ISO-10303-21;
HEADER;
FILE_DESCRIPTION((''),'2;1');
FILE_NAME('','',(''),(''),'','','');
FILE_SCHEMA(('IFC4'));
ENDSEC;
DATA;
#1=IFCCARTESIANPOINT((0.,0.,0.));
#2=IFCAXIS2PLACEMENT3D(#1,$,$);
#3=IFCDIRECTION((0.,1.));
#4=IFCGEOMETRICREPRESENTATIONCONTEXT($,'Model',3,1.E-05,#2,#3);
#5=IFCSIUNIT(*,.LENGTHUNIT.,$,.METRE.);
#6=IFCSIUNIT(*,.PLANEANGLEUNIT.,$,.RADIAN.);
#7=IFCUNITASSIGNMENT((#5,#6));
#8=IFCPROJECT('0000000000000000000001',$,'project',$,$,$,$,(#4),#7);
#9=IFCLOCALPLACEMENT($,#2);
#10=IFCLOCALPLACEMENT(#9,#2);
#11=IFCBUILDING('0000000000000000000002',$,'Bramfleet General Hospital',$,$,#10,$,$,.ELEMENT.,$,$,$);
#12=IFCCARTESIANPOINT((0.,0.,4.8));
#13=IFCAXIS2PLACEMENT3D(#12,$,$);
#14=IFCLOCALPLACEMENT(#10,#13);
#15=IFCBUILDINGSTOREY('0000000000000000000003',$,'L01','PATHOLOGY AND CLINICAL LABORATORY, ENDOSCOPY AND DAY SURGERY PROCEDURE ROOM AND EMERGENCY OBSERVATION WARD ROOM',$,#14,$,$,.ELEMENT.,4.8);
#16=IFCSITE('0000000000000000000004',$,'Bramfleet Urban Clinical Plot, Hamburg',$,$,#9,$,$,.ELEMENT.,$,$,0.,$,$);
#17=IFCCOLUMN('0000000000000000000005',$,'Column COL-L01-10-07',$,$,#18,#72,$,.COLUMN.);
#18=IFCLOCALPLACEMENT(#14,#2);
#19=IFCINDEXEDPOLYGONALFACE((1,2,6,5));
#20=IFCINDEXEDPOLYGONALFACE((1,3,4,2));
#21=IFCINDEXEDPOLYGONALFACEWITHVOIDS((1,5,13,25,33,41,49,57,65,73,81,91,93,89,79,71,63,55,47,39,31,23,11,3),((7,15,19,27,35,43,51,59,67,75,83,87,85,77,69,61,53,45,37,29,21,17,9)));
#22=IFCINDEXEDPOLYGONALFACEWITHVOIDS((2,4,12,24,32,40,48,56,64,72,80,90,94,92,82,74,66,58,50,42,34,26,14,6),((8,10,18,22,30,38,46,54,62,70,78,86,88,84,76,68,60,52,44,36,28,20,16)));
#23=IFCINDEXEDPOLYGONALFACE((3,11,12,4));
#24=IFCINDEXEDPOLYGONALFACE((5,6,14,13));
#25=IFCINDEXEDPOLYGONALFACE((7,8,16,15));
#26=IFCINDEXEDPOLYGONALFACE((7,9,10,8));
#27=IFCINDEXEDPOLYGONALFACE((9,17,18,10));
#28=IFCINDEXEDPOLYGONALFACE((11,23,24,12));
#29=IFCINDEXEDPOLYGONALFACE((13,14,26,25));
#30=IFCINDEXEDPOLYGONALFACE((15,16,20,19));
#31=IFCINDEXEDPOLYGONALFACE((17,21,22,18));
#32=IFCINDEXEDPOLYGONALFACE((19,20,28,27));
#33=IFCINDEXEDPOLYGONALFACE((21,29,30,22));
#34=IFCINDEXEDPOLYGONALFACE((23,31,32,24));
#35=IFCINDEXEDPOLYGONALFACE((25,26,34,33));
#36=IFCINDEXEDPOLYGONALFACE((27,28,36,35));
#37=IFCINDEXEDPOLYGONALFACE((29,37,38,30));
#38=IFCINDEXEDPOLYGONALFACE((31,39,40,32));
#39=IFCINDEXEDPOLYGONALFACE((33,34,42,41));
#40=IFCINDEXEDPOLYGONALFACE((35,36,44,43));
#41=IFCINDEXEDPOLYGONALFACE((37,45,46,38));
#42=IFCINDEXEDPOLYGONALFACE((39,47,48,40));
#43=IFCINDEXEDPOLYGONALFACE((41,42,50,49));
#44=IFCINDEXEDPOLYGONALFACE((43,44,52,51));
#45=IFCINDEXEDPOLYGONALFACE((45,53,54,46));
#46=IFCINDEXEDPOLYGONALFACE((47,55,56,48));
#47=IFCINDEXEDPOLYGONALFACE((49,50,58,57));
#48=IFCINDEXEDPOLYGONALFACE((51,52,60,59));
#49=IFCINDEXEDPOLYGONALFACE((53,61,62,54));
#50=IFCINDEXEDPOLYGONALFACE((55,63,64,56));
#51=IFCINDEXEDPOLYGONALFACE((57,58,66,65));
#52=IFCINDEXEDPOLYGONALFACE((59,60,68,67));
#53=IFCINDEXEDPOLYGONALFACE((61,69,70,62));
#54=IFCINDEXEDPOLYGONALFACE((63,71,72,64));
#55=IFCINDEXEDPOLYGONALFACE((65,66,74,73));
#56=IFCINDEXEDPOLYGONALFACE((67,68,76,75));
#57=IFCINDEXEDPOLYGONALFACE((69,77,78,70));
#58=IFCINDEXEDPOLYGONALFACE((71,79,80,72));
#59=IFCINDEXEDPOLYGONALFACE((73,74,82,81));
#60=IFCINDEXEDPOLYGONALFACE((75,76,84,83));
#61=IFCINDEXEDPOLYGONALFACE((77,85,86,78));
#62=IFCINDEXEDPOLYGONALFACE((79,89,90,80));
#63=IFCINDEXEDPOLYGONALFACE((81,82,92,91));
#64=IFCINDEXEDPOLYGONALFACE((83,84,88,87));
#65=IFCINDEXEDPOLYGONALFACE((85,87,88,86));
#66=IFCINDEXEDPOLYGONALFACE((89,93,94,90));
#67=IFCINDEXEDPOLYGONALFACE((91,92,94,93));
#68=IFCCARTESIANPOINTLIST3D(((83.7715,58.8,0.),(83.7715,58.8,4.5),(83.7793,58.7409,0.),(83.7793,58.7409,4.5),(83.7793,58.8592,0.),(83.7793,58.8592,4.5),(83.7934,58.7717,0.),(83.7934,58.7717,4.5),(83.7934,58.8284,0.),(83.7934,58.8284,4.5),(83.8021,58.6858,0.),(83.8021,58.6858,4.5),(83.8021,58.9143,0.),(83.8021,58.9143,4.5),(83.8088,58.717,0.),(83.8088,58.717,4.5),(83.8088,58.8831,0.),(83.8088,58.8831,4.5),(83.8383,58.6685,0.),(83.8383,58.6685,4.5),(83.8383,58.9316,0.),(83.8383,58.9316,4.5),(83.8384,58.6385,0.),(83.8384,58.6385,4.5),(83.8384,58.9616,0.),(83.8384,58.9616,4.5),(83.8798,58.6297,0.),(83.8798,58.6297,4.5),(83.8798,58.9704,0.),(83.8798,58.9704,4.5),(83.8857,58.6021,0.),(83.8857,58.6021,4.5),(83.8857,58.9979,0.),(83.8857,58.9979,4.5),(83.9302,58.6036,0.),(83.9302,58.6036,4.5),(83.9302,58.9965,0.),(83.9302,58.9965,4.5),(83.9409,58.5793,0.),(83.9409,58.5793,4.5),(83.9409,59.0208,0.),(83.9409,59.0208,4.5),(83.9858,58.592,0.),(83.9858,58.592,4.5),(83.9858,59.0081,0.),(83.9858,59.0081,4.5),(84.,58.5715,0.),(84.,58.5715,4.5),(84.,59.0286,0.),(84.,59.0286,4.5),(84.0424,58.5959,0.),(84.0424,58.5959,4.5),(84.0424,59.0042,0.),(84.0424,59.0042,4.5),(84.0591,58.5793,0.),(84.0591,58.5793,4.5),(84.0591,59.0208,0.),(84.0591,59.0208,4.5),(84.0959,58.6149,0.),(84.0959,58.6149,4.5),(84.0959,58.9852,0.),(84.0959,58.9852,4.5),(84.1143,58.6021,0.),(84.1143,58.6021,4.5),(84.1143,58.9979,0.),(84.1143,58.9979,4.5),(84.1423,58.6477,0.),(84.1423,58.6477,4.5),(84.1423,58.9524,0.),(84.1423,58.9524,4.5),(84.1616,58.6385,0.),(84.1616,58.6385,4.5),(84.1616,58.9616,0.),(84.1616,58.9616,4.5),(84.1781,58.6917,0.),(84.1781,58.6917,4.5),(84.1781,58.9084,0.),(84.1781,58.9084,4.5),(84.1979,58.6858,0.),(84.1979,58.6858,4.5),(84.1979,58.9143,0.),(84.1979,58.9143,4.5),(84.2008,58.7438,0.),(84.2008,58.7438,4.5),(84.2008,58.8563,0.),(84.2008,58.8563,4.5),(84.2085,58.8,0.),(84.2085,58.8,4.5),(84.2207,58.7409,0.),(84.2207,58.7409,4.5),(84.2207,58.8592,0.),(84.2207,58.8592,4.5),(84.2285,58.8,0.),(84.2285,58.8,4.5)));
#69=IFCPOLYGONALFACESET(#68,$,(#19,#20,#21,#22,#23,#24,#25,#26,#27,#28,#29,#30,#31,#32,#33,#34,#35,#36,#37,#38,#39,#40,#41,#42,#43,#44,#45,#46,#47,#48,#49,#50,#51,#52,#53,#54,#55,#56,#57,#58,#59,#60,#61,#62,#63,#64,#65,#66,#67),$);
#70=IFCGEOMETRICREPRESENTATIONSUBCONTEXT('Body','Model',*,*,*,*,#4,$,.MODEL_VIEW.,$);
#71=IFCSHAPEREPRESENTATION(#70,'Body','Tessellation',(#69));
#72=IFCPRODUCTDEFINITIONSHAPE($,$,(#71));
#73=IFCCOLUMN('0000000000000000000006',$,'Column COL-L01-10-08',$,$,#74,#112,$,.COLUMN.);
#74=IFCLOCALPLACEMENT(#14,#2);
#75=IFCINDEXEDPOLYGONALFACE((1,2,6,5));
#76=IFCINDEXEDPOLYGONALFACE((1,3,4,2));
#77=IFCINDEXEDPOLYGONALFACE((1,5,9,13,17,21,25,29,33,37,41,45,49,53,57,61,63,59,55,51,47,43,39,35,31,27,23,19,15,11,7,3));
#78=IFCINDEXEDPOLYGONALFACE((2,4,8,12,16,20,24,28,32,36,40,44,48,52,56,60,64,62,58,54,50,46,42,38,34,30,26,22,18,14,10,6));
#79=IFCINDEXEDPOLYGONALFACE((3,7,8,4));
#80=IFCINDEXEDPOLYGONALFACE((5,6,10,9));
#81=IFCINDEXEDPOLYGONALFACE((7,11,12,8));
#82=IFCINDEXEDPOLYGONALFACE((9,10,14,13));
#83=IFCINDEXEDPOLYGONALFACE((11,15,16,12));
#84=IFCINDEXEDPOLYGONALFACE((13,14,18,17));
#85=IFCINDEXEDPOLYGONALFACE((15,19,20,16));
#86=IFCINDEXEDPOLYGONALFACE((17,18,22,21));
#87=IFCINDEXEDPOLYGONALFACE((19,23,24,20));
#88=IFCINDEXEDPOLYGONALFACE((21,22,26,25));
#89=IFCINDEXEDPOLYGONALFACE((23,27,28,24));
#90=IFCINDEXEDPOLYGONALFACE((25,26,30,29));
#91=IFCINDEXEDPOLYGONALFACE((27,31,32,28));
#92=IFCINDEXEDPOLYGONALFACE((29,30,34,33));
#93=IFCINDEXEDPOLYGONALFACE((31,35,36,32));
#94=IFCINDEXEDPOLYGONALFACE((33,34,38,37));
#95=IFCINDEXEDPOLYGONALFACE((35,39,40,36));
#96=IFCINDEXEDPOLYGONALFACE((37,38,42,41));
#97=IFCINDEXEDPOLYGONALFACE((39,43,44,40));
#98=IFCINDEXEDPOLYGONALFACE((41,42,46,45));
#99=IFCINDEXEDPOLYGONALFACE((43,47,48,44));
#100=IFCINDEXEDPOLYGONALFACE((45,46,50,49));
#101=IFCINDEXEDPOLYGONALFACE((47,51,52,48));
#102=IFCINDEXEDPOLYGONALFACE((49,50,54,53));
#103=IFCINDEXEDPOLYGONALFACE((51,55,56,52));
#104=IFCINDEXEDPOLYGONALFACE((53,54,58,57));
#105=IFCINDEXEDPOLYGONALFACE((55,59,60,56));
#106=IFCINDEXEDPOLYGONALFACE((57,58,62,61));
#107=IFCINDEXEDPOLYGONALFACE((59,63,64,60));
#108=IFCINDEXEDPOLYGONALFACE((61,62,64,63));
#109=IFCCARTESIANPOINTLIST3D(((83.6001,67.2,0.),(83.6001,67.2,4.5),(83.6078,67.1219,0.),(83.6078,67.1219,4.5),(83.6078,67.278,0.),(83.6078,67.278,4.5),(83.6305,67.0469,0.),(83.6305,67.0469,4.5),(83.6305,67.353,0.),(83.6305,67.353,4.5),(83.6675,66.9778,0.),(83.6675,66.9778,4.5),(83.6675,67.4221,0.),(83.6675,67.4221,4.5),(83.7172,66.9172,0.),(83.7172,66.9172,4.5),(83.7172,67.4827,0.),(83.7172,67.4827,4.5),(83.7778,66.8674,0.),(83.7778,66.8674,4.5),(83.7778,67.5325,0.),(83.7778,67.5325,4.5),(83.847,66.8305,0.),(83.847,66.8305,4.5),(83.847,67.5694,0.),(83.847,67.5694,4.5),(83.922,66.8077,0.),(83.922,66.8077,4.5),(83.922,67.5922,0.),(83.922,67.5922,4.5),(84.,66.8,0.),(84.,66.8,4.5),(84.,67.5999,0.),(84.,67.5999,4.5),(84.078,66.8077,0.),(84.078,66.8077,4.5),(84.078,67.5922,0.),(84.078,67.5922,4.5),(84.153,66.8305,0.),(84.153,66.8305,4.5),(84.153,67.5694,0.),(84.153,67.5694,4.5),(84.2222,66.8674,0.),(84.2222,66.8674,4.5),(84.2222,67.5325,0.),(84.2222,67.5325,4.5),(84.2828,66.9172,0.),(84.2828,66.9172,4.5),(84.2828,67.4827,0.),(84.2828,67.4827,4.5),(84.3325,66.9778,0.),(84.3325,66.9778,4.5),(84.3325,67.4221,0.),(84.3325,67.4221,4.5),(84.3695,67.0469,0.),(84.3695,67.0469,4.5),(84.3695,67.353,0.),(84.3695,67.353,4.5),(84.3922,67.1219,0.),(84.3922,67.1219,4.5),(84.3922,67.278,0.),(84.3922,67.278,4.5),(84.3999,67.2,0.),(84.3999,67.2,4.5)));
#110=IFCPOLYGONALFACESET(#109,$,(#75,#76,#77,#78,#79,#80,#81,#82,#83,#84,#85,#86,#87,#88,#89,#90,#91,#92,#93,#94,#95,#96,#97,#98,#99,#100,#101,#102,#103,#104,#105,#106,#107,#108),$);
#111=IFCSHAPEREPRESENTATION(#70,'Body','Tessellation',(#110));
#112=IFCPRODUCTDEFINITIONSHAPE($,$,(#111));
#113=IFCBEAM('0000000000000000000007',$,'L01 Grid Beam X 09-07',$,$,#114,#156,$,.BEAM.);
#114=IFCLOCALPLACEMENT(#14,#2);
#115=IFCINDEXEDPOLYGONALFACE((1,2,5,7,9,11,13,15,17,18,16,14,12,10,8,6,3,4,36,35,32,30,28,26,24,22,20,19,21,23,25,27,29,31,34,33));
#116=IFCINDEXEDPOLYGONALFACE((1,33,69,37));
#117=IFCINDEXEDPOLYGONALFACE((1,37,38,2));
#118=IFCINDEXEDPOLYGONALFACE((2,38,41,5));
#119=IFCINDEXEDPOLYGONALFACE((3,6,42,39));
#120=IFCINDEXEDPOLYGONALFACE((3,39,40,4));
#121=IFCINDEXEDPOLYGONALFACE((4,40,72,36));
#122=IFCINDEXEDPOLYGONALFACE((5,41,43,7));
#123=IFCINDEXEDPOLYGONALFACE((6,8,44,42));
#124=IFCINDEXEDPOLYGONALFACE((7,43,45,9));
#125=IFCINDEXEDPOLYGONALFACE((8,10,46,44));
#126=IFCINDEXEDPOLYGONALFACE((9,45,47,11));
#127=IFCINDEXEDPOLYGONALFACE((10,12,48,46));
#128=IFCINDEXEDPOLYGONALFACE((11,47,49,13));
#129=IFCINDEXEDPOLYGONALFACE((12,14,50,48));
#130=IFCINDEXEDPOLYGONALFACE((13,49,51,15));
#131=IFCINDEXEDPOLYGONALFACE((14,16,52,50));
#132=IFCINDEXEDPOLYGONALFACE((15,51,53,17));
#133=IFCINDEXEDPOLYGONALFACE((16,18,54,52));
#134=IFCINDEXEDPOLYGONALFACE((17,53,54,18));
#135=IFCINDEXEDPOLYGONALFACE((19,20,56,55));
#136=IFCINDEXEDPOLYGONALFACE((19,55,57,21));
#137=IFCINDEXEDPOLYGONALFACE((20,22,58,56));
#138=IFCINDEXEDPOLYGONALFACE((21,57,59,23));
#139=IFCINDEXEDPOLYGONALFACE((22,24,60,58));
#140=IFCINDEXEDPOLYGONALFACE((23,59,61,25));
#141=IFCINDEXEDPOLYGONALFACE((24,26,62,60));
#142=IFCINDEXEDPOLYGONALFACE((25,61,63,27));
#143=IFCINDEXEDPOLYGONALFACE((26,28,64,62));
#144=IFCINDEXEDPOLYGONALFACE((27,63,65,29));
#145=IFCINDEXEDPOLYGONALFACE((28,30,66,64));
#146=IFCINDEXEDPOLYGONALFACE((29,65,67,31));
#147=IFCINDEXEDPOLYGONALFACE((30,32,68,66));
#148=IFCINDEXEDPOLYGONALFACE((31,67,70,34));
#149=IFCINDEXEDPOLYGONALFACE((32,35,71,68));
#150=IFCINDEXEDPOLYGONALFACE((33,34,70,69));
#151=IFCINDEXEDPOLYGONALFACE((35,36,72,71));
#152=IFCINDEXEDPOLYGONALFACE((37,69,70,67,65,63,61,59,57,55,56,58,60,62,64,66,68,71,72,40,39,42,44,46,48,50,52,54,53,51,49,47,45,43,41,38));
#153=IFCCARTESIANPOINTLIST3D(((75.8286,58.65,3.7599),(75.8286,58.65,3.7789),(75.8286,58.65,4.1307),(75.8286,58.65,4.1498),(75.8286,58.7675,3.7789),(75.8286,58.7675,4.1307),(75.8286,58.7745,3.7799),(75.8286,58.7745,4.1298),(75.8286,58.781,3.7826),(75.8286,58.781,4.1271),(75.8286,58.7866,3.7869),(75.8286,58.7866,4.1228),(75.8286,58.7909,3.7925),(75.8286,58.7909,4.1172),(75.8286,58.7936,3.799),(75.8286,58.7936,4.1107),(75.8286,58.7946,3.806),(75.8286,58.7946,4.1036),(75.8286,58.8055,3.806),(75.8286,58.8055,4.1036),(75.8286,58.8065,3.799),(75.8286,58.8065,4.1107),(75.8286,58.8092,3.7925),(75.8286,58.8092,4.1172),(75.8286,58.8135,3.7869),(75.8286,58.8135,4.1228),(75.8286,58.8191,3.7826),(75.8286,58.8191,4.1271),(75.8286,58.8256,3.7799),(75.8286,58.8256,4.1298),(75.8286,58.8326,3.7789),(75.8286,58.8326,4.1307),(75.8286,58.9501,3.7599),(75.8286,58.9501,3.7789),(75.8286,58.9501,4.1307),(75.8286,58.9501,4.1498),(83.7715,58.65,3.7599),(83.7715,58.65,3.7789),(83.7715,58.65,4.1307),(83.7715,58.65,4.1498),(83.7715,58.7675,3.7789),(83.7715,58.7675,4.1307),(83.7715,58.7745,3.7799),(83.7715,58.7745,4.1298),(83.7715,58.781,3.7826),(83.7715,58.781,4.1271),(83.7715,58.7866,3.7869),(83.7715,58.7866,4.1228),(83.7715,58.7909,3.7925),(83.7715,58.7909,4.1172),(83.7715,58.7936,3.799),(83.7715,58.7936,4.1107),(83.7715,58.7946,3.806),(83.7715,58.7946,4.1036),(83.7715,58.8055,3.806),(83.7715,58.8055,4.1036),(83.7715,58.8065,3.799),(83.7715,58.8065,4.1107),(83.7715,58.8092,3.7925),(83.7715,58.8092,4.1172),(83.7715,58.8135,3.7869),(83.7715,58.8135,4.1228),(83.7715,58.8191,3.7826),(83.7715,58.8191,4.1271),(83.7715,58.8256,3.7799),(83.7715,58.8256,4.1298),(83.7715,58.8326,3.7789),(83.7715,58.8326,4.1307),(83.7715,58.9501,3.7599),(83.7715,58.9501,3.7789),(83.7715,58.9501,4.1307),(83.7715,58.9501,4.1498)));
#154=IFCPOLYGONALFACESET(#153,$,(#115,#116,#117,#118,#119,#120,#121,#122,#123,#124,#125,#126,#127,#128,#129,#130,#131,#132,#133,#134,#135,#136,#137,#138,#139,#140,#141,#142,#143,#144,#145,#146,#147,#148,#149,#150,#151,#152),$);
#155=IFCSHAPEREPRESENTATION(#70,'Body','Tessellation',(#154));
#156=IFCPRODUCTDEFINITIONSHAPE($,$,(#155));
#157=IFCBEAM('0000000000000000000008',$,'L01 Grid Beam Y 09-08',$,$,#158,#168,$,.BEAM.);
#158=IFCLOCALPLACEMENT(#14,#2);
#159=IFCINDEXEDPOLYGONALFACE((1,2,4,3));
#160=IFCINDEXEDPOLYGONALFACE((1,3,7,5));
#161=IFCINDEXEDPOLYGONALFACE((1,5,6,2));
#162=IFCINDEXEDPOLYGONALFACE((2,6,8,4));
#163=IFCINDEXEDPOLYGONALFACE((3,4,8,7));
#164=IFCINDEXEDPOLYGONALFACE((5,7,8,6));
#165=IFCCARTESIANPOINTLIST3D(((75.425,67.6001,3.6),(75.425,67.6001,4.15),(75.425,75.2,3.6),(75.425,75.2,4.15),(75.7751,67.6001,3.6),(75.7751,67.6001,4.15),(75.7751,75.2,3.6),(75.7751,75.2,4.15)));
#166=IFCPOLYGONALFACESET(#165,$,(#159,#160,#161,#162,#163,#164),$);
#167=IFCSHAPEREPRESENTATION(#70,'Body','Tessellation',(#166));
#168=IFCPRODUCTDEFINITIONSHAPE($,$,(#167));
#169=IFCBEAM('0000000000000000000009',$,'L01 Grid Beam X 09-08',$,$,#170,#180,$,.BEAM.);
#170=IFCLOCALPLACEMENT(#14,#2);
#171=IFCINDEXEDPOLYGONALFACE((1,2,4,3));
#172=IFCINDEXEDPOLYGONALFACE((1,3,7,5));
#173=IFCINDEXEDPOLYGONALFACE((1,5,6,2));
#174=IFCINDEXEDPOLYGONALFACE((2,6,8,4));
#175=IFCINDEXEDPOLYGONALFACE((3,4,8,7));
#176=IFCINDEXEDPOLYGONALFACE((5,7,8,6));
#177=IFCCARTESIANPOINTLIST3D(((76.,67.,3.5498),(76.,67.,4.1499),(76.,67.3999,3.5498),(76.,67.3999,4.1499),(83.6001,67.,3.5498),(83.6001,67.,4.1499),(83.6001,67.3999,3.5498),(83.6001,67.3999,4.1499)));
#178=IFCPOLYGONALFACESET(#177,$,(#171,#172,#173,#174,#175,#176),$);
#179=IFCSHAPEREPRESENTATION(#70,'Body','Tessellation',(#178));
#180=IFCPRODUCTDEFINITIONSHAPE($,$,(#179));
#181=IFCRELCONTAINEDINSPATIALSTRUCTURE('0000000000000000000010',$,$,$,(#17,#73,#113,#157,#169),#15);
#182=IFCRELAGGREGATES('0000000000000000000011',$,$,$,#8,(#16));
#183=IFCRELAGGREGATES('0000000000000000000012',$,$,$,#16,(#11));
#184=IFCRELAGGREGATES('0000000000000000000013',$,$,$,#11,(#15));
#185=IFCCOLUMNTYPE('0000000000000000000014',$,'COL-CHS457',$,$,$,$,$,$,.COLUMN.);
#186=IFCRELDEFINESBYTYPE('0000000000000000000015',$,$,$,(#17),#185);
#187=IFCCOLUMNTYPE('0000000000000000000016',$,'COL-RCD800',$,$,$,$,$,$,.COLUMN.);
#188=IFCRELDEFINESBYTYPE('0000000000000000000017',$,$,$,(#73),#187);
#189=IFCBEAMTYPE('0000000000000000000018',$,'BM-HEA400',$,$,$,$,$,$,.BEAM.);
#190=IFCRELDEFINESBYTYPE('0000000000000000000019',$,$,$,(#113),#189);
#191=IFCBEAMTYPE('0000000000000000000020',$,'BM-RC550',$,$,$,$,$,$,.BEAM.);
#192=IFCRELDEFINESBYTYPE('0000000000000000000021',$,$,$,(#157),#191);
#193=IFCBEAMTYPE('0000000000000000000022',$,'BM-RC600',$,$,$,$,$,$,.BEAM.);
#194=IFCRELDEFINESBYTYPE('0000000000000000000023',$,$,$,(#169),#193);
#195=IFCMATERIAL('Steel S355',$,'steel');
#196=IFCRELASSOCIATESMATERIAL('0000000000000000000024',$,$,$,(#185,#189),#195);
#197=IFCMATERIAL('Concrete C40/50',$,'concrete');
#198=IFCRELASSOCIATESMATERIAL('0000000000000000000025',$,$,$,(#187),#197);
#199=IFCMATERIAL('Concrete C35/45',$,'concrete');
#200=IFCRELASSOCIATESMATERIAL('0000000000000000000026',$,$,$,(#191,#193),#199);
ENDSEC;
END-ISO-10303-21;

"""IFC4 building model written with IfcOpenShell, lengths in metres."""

from ifc_helpers import new_model, si_unit, direction, frame, origin, origin_2d, place, context, subcontext, project, spatial, rectangle, circle, hollow_circle, i_section, extrude, material, material_profile, profile_set, type_object, element, save


model = new_model("IFC4")

# Units and contexts
model_context = context("Model", 3, precision=1e-05, world=origin(), true_north=direction((0.0, 1.0)))
body_context = subcontext(model_context, "Body", "Model", "MODEL_VIEW")
ifc_project = project(units=[si_unit("LENGTHUNIT", "METRE"), si_unit("PLANEANGLEUNIT", "RADIAN")], contexts=[model_context])

# Site, building, storey
site_placement = place(None, origin())
site = spatial("IfcSite", under=ifc_project, at=site_placement, Name="Bramfleet Urban Clinical Plot, Hamburg", CompositionType="ELEMENT", RefElevation=0.0)
building_placement = place(site_placement, origin())
building = spatial("IfcBuilding", under=site, at=building_placement, Name="Bramfleet General Hospital", CompositionType="ELEMENT")
storey_placement = place(building_placement, frame((0.0, 0.0, 4.8)))
storey = spatial("IfcBuildingStorey", under=building, at=storey_placement, Name="L01", Description="PATHOLOGY AND CLINICAL LABORATORY, ENDOSCOPY AND DAY SURGERY PROCEDURE ROOM AND EMERGENCY OBSERVATION WARD ROOM", CompositionType="ELEMENT", Elevation=4.8)

# Columns
ifc_material_1 = material(Name="Steel S355", Category="steel")
ifc_material_profile_1 = material_profile(ifc_material_1, hollow_circle(Radius=0.2285, WallThickness=0.02, at=origin_2d()), Name="CHS 457.0x20.0")
ifc_profile_set_1 = profile_set([ifc_material_profile_1], Name="Steel S355")
column_type_1 = type_object("IfcColumnType", Name="COL-CHS457", PredefinedType="COLUMN", material=ifc_profile_set_1)
column_1_placement = place(storey_placement, frame((84.0, 58.8, 0.0), z_axis=(0.0, 0.0, 1.0), x_axis=(1.0, 0.0, 0.0)))
element("IfcColumn", 1, at=column_1_placement, inside=storey, type_object=column_type_1, Name="Column COL-L01-10-07", PredefinedType="COLUMN", context=body_context, shape_type="SweptSolid", body=[
    extrude(hollow_circle(Radius=0.2285, WallThickness=0.02, at=origin_2d()), origin(), (0.0, 0.0, 1.0), 4.5),
])
ifc_material_2 = material(Name="Concrete C40/50", Category="concrete")
ifc_material_profile_2 = material_profile(ifc_material_2, circle(Radius=0.3999, at=origin_2d()), Name="RC ROUND D800")
ifc_profile_set_2 = profile_set([ifc_material_profile_2], Name="Concrete C40/50")
column_type_2 = type_object("IfcColumnType", Name="COL-RCD800", PredefinedType="COLUMN", material=ifc_profile_set_2)
column_2_placement = place(storey_placement, frame((84.0, 67.2, 0.0), z_axis=(0.0, 0.0, 1.0), x_axis=(1.0, 0.0, 0.0)))
element("IfcColumn", 2, at=column_2_placement, inside=storey, type_object=column_type_2, Name="Column COL-L01-10-08", PredefinedType="COLUMN", context=body_context, shape_type="SweptSolid", body=[
    extrude(circle(Radius=0.3999, at=origin_2d()), origin(), (0.0, 0.0, 1.0), 4.5),
])

# Beams
ifc_material_profile_3 = material_profile(ifc_material_1, i_section(OverallWidth=0.3, OverallDepth=0.3899, WebThickness=0.011, FlangeThickness=0.019, FilletRadius=0.0271, at=origin_2d()), Name="HEA 400")
ifc_profile_set_3 = profile_set([ifc_material_profile_3], Name="Steel S355")
beam_type_1 = type_object("IfcBeamType", Name="BM-HEA400", PredefinedType="BEAM", material=ifc_profile_set_3)
beam_1_placement = place(storey_placement, frame((75.8286, 58.8, 3.9548), z_axis=(1.0, 0.0, 0.0), x_axis=(0.0, 1.0, 0.0)))
element("IfcBeam", 3, at=beam_1_placement, inside=storey, type_object=beam_type_1, Name="L01 Grid Beam X 09-07", PredefinedType="BEAM", context=body_context, shape_type="SweptSolid", body=[
    extrude(i_section(OverallWidth=0.3, OverallDepth=0.3899, WebThickness=0.011, FlangeThickness=0.019, FilletRadius=0.0271, at=origin_2d()), origin(), (0.0, 0.0, 1.0), 7.9429),
])
ifc_material_3 = material(Name="Concrete C35/45", Category="concrete")
ifc_material_profile_4 = material_profile(ifc_material_3, rectangle(XDim=0.3501, YDim=0.55, at=origin_2d()), Name="RC BM 550x350")
ifc_profile_set_4 = profile_set([ifc_material_profile_4], Name="Concrete C35/45")
beam_type_2 = type_object("IfcBeamType", Name="BM-RC550", PredefinedType="BEAM", material=ifc_profile_set_4)
beam_2_placement = place(storey_placement, frame((75.6001, 67.6001, 3.875), z_axis=(0.0, 1.0, 0.0), x_axis=(-1.0, 0.0, 0.0)))
element("IfcBeam", 4, at=beam_2_placement, inside=storey, type_object=beam_type_2, Name="L01 Grid Beam Y 09-08", PredefinedType="BEAM", context=body_context, shape_type="SweptSolid", body=[
    extrude(rectangle(XDim=0.3501, YDim=0.55, at=origin_2d()), origin(), (0.0, 0.0, 1.0), 7.5999),
])
ifc_material_profile_5 = material_profile(ifc_material_3, rectangle(XDim=0.3999, YDim=0.6001, at=origin_2d()), Name="RC BM 600x400")
ifc_profile_set_5 = profile_set([ifc_material_profile_5], Name="Concrete C35/45")
beam_type_3 = type_object("IfcBeamType", Name="BM-RC600", PredefinedType="BEAM", material=ifc_profile_set_5)
beam_3_placement = place(storey_placement, frame((76.0, 67.2, 3.8499), z_axis=(1.0, 0.0, 0.0), x_axis=(0.0, 1.0, 0.0)))
element("IfcBeam", 5, at=beam_3_placement, inside=storey, type_object=beam_type_3, Name="L01 Grid Beam X 09-08", PredefinedType="BEAM", context=body_context, shape_type="SweptSolid", body=[
    extrude(rectangle(XDim=0.3999, YDim=0.6001, at=origin_2d()), origin(), (0.0, 0.0, 1.0), 7.6001),
])

save(model, "model.ifc")
